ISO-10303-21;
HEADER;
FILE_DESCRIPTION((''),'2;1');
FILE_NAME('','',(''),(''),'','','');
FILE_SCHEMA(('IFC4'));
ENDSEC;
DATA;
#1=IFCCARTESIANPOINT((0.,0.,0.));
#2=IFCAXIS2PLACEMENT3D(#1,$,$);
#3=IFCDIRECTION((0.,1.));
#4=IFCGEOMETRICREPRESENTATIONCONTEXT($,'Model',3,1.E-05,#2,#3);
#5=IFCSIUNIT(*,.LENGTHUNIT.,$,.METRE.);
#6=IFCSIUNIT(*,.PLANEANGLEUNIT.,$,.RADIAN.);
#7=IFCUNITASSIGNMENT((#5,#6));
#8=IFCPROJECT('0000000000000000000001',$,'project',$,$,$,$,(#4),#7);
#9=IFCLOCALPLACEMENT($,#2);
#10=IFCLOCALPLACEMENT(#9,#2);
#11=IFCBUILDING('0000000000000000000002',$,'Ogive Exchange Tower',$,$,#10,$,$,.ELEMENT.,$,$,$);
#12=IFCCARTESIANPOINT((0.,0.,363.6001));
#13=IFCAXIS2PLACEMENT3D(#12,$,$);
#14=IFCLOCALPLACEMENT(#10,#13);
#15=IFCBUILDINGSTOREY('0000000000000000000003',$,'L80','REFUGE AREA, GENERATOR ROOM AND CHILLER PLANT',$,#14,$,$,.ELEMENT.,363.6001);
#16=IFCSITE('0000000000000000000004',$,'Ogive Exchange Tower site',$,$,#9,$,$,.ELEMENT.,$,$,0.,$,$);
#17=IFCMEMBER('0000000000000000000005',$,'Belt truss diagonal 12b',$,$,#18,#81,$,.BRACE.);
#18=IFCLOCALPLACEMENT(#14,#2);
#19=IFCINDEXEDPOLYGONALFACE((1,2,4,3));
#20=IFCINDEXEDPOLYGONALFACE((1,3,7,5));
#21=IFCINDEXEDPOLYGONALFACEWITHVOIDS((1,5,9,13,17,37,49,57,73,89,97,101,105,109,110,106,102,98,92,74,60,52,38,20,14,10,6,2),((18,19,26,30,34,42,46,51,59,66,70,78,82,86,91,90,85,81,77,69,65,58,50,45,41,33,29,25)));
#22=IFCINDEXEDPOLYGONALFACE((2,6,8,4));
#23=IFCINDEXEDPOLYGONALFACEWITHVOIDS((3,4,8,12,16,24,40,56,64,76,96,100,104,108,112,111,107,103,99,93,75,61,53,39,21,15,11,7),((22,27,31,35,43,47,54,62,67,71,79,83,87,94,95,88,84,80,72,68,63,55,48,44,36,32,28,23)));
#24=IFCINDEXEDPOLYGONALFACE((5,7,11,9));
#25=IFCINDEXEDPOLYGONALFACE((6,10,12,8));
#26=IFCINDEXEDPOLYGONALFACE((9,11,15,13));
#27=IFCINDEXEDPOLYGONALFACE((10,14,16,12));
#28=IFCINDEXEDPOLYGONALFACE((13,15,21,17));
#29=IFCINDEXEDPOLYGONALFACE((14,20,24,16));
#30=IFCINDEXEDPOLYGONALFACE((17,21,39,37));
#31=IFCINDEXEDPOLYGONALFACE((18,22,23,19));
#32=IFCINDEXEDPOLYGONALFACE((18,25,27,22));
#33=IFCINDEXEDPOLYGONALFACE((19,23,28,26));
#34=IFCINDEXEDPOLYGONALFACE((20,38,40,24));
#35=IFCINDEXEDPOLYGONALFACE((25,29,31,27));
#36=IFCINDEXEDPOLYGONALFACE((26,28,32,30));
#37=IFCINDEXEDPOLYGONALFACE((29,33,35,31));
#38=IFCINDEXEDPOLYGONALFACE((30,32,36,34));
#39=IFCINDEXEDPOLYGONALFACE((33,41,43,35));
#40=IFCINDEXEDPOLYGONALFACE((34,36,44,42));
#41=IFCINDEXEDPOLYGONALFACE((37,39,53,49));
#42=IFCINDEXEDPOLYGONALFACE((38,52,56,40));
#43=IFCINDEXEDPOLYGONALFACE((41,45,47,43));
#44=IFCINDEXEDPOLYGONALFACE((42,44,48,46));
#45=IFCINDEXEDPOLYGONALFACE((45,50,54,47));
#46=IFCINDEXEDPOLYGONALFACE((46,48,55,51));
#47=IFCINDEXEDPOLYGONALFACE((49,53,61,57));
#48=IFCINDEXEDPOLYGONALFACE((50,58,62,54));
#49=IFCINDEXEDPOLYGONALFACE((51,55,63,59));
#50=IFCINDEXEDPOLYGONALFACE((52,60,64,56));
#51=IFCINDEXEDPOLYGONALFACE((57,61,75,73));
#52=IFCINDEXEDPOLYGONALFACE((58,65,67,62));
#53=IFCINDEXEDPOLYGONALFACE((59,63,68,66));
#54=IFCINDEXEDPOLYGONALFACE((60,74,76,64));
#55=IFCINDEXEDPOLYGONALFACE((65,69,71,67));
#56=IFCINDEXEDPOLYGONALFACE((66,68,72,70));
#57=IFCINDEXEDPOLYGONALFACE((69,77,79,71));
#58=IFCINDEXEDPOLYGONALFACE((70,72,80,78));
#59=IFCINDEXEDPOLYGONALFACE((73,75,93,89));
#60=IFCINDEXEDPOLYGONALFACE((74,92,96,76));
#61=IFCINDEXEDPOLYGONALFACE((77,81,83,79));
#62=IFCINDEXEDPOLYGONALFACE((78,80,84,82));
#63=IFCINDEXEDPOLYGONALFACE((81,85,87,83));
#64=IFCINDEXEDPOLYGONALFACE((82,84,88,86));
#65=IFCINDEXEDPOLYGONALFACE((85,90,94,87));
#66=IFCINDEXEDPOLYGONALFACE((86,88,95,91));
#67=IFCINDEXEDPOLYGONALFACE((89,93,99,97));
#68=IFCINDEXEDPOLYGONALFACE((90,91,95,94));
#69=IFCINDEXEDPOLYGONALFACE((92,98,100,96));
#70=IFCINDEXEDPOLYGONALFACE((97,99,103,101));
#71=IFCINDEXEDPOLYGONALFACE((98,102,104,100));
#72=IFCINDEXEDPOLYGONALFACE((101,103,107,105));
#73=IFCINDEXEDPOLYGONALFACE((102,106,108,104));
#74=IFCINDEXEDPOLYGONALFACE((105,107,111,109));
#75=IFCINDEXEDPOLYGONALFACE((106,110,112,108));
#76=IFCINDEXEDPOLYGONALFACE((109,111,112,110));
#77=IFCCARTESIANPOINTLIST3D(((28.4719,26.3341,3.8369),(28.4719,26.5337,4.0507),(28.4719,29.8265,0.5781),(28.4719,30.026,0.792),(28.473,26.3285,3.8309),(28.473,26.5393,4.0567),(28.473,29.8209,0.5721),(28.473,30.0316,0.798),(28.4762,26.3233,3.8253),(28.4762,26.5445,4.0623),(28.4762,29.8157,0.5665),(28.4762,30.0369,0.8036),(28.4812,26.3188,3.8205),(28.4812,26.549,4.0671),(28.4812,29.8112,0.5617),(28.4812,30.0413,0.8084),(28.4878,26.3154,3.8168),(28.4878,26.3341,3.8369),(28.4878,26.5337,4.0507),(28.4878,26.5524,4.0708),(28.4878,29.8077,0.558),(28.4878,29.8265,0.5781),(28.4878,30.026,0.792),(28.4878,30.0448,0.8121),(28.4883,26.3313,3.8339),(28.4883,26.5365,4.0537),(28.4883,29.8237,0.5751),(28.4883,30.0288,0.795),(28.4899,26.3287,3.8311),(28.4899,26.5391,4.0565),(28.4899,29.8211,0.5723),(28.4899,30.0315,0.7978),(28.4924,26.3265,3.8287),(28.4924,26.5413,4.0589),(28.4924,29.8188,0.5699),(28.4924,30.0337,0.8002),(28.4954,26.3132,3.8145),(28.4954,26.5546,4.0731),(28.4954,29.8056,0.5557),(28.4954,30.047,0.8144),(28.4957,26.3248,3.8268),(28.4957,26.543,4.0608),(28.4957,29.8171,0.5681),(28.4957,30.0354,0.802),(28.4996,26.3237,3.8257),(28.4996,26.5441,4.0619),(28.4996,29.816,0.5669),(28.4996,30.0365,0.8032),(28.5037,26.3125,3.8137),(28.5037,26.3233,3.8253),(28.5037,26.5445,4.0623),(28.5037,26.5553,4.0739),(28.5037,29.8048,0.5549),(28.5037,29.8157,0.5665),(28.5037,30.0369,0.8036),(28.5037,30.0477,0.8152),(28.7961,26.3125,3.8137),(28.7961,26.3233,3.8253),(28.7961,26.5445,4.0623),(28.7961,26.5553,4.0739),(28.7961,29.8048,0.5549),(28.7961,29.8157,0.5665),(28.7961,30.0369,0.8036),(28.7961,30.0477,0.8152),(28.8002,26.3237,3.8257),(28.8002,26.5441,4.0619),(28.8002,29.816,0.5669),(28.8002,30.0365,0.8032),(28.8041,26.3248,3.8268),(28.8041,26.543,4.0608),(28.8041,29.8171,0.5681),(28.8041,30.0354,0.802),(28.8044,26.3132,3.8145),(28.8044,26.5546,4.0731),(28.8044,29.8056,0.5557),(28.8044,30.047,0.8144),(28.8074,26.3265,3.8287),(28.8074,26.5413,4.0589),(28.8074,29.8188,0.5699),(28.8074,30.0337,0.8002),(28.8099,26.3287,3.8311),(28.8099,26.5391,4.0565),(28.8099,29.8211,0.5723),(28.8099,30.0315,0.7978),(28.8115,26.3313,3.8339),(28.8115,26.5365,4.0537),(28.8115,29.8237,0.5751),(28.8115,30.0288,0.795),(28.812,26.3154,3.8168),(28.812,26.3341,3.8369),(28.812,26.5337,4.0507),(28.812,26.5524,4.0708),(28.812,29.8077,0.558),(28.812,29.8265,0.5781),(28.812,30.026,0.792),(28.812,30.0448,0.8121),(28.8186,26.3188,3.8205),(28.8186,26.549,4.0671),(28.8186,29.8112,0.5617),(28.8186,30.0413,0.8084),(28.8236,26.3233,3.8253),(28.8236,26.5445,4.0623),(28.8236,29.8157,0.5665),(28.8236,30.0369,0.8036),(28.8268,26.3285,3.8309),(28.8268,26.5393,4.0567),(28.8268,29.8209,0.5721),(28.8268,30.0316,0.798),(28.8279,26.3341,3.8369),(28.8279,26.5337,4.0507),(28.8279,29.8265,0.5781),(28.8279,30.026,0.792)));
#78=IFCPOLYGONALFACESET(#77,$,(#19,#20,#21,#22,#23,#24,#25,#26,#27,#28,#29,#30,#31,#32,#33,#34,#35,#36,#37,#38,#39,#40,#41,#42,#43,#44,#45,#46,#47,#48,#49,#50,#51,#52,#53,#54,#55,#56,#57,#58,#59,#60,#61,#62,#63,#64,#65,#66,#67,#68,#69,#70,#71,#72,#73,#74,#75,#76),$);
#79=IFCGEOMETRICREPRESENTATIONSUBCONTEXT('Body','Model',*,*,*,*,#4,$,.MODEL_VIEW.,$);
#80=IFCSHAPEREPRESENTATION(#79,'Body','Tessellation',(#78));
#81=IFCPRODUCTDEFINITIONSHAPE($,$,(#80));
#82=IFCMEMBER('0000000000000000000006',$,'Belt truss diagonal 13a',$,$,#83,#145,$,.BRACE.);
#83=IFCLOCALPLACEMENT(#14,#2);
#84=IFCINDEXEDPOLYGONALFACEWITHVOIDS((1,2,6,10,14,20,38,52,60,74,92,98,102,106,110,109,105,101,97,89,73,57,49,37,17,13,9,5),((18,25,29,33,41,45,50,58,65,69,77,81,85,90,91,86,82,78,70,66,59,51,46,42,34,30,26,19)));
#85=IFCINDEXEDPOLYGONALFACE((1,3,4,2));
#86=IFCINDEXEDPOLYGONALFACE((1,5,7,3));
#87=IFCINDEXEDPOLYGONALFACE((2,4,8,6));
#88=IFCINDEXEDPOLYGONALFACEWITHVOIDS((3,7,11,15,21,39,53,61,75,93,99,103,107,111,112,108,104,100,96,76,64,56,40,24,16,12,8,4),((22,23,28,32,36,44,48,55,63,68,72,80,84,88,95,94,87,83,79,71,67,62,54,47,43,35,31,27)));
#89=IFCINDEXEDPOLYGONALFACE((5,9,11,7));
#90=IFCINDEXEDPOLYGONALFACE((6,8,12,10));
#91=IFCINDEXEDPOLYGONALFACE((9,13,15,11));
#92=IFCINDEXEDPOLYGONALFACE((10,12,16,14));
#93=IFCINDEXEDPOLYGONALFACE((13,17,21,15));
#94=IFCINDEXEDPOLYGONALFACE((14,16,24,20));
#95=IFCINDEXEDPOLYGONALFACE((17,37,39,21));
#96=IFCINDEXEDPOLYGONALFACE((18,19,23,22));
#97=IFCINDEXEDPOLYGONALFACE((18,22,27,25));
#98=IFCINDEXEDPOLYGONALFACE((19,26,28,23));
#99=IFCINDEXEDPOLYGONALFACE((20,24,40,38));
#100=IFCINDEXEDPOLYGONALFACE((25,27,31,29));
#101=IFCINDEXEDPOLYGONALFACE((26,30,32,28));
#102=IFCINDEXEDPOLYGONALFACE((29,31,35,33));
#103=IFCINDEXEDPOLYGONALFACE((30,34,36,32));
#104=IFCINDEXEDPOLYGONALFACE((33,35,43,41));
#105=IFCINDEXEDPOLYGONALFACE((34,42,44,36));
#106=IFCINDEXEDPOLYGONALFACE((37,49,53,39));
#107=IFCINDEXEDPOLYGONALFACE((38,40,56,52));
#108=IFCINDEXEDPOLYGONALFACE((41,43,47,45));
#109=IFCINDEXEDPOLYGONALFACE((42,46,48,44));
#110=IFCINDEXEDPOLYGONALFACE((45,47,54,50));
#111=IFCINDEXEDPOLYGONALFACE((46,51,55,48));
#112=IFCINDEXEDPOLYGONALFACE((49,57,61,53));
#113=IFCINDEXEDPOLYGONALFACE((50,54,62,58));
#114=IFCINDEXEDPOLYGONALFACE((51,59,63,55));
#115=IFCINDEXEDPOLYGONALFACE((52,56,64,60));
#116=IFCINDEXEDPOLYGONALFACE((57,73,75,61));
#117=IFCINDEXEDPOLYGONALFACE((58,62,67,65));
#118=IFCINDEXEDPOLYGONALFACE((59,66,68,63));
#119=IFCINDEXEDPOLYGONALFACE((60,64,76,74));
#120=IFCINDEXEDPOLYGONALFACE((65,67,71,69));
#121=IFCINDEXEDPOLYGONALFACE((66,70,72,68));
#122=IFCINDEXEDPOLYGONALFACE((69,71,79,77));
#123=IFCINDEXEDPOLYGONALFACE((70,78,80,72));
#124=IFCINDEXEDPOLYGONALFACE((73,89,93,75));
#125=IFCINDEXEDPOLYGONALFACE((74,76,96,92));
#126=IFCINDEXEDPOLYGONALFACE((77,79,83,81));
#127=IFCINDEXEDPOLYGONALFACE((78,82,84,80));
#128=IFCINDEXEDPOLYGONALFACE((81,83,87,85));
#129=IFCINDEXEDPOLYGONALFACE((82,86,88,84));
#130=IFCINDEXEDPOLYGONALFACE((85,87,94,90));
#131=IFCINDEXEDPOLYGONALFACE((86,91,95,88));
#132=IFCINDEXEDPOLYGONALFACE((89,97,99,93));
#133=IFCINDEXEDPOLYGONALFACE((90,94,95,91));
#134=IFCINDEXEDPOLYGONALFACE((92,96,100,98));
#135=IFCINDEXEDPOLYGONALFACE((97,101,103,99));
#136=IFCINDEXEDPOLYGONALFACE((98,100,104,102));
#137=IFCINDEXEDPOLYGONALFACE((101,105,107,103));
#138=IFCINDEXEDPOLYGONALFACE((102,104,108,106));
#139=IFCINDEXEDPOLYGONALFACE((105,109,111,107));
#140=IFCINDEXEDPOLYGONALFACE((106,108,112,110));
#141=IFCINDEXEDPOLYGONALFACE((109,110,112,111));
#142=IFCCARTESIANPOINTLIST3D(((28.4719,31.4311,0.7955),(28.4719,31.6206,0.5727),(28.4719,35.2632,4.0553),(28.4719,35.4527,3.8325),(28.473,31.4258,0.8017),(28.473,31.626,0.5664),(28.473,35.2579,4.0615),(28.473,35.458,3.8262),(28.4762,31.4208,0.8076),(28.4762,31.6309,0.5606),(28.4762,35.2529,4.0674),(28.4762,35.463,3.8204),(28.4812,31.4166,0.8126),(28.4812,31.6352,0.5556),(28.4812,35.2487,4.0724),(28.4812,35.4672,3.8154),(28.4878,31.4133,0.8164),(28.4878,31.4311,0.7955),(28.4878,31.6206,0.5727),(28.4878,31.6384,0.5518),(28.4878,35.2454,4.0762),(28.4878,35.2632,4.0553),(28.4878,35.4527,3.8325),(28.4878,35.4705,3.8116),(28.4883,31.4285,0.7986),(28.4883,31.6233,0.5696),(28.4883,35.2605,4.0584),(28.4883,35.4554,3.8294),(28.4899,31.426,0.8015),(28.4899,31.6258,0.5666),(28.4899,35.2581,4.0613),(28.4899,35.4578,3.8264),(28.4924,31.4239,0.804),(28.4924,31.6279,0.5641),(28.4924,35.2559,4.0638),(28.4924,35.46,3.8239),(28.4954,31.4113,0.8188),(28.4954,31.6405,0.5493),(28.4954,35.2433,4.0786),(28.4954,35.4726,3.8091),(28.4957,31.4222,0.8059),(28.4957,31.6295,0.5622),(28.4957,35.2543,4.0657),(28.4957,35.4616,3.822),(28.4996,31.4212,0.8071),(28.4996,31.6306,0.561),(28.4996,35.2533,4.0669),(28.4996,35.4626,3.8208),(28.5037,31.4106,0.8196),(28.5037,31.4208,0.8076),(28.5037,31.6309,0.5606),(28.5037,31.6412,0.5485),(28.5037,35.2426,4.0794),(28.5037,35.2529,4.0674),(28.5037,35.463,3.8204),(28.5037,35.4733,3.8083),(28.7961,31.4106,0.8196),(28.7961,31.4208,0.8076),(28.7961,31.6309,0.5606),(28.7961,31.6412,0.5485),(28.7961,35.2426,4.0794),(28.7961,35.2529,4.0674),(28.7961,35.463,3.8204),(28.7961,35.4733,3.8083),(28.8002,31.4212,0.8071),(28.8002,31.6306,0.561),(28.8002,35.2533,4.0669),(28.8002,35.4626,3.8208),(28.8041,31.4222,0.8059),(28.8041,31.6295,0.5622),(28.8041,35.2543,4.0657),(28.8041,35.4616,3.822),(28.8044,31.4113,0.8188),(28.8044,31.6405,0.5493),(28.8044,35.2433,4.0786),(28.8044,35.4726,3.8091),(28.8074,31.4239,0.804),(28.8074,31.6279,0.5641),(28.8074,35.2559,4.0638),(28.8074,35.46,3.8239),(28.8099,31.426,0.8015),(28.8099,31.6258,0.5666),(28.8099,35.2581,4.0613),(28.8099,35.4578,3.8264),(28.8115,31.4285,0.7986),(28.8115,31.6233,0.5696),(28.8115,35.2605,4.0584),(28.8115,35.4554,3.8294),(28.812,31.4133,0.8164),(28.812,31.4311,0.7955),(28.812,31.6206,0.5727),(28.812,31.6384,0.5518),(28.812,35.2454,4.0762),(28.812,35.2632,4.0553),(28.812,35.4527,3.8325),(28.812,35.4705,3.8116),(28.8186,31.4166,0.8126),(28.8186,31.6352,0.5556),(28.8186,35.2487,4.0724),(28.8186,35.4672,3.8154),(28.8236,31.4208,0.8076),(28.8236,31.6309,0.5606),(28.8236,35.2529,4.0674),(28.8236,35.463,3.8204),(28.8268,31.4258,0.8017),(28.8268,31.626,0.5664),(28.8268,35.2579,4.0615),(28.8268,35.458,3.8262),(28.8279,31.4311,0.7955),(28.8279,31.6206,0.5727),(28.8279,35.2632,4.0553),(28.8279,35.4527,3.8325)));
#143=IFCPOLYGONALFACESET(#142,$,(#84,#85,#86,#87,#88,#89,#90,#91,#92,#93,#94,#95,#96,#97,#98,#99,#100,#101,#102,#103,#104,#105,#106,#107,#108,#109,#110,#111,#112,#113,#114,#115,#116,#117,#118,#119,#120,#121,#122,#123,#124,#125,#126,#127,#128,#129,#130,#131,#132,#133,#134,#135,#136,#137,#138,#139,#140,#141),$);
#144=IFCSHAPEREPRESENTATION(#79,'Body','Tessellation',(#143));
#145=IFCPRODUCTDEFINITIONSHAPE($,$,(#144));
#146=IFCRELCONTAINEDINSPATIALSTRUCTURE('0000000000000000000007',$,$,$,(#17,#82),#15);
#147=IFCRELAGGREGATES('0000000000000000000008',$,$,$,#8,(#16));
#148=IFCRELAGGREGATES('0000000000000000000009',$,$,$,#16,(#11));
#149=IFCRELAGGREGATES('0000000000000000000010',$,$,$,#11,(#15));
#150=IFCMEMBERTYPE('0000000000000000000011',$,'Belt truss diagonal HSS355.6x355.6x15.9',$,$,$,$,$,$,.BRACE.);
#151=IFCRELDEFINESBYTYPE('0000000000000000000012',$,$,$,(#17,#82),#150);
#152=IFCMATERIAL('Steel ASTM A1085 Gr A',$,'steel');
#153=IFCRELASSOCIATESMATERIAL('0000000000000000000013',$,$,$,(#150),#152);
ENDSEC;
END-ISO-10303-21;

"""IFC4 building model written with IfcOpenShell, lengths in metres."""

from ifc_helpers import new_model, si_unit, direction, frame, origin, origin_2d, place, context, subcontext, project, spatial, hollow_rectangle, extrude, material, material_profile, profile_set, type_object, element, save


model = new_model("IFC4")

# Units and contexts
model_context = context("Model", 3, precision=1e-05, world=origin(), true_north=direction((0.0, 1.0)))
body_context = subcontext(model_context, "Body", "Model", "MODEL_VIEW")
ifc_project = project(units=[si_unit("LENGTHUNIT", "METRE"), si_unit("PLANEANGLEUNIT", "RADIAN")], contexts=[model_context])

# Site, building, storey
site_placement = place(None, origin())
site = spatial("IfcSite", under=ifc_project, at=site_placement, Name="Ogive Exchange Tower site", CompositionType="ELEMENT", RefElevation=0.0)
building_placement = place(site_placement, origin())
building = spatial("IfcBuilding", under=site, at=building_placement, Name="Ogive Exchange Tower", CompositionType="ELEMENT")
storey_placement = place(building_placement, frame((0.0, 0.0, 363.6001)))
storey = spatial("IfcBuildingStorey", under=building, at=storey_placement, Name="L80", Description="REFUGE AREA, GENERATOR ROOM AND CHILLER PLANT", CompositionType="ELEMENT", Elevation=363.6001)

# Members
ifc_material_1 = material(Name="Steel ASTM A1085 Gr A", Category="steel")
ifc_material_profile_1 = material_profile(ifc_material_1, hollow_rectangle(XDim=0.356, YDim=0.356, WallThickness=0.0159, InnerFilletRadius=0.0159, OuterFilletRadius=0.0317, at=origin_2d()), Name="HSS355.6x355.6x15.9")
ifc_profile_set_1 = profile_set([ifc_material_profile_1], Name="Steel ASTM A1085 Gr A")
member_type = type_object("IfcMemberType", Name="Belt truss diagonal HSS355.6x355.6x15.9", PredefinedType="BRACE", material=ifc_profile_set_1)
member_1_placement = place(storey_placement, frame((28.6499, 29.9263, 0.6851), z_axis=(0.0, -0.73114, 0.682227), x_axis=(1.0, 0.0, 0.0)))
element("IfcMember", 1, at=member_1_placement, inside=storey, type_object=member_type, Name="Belt truss diagonal 12b", PredefinedType="BRACE", context=body_context, shape_type="SweptSolid", body=[
    extrude(hollow_rectangle(XDim=0.356, YDim=0.356, WallThickness=0.0159, InnerFilletRadius=0.0159, OuterFilletRadius=0.0317, at=origin_2d()), origin(), (0.0, 0.0, 1.0), 4.7766),
])
member_2_placement = place(storey_placement, frame((28.6499, 31.5259, 0.6841), z_axis=(0.0, 0.76169, 0.647941), x_axis=(-1.0, 0.0, 0.0)))
element("IfcMember", 2, at=member_2_placement, inside=storey, type_object=member_type, Name="Belt truss diagonal 13a", PredefinedType="BRACE", context=body_context, shape_type="SweptSolid", body=[
    extrude(hollow_rectangle(XDim=0.356, YDim=0.356, WallThickness=0.0159, InnerFilletRadius=0.0159, OuterFilletRadius=0.0317, at=origin_2d()), origin(), (0.0, 0.0, 1.0), 5.031),
])

save(model, "model.ifc")
